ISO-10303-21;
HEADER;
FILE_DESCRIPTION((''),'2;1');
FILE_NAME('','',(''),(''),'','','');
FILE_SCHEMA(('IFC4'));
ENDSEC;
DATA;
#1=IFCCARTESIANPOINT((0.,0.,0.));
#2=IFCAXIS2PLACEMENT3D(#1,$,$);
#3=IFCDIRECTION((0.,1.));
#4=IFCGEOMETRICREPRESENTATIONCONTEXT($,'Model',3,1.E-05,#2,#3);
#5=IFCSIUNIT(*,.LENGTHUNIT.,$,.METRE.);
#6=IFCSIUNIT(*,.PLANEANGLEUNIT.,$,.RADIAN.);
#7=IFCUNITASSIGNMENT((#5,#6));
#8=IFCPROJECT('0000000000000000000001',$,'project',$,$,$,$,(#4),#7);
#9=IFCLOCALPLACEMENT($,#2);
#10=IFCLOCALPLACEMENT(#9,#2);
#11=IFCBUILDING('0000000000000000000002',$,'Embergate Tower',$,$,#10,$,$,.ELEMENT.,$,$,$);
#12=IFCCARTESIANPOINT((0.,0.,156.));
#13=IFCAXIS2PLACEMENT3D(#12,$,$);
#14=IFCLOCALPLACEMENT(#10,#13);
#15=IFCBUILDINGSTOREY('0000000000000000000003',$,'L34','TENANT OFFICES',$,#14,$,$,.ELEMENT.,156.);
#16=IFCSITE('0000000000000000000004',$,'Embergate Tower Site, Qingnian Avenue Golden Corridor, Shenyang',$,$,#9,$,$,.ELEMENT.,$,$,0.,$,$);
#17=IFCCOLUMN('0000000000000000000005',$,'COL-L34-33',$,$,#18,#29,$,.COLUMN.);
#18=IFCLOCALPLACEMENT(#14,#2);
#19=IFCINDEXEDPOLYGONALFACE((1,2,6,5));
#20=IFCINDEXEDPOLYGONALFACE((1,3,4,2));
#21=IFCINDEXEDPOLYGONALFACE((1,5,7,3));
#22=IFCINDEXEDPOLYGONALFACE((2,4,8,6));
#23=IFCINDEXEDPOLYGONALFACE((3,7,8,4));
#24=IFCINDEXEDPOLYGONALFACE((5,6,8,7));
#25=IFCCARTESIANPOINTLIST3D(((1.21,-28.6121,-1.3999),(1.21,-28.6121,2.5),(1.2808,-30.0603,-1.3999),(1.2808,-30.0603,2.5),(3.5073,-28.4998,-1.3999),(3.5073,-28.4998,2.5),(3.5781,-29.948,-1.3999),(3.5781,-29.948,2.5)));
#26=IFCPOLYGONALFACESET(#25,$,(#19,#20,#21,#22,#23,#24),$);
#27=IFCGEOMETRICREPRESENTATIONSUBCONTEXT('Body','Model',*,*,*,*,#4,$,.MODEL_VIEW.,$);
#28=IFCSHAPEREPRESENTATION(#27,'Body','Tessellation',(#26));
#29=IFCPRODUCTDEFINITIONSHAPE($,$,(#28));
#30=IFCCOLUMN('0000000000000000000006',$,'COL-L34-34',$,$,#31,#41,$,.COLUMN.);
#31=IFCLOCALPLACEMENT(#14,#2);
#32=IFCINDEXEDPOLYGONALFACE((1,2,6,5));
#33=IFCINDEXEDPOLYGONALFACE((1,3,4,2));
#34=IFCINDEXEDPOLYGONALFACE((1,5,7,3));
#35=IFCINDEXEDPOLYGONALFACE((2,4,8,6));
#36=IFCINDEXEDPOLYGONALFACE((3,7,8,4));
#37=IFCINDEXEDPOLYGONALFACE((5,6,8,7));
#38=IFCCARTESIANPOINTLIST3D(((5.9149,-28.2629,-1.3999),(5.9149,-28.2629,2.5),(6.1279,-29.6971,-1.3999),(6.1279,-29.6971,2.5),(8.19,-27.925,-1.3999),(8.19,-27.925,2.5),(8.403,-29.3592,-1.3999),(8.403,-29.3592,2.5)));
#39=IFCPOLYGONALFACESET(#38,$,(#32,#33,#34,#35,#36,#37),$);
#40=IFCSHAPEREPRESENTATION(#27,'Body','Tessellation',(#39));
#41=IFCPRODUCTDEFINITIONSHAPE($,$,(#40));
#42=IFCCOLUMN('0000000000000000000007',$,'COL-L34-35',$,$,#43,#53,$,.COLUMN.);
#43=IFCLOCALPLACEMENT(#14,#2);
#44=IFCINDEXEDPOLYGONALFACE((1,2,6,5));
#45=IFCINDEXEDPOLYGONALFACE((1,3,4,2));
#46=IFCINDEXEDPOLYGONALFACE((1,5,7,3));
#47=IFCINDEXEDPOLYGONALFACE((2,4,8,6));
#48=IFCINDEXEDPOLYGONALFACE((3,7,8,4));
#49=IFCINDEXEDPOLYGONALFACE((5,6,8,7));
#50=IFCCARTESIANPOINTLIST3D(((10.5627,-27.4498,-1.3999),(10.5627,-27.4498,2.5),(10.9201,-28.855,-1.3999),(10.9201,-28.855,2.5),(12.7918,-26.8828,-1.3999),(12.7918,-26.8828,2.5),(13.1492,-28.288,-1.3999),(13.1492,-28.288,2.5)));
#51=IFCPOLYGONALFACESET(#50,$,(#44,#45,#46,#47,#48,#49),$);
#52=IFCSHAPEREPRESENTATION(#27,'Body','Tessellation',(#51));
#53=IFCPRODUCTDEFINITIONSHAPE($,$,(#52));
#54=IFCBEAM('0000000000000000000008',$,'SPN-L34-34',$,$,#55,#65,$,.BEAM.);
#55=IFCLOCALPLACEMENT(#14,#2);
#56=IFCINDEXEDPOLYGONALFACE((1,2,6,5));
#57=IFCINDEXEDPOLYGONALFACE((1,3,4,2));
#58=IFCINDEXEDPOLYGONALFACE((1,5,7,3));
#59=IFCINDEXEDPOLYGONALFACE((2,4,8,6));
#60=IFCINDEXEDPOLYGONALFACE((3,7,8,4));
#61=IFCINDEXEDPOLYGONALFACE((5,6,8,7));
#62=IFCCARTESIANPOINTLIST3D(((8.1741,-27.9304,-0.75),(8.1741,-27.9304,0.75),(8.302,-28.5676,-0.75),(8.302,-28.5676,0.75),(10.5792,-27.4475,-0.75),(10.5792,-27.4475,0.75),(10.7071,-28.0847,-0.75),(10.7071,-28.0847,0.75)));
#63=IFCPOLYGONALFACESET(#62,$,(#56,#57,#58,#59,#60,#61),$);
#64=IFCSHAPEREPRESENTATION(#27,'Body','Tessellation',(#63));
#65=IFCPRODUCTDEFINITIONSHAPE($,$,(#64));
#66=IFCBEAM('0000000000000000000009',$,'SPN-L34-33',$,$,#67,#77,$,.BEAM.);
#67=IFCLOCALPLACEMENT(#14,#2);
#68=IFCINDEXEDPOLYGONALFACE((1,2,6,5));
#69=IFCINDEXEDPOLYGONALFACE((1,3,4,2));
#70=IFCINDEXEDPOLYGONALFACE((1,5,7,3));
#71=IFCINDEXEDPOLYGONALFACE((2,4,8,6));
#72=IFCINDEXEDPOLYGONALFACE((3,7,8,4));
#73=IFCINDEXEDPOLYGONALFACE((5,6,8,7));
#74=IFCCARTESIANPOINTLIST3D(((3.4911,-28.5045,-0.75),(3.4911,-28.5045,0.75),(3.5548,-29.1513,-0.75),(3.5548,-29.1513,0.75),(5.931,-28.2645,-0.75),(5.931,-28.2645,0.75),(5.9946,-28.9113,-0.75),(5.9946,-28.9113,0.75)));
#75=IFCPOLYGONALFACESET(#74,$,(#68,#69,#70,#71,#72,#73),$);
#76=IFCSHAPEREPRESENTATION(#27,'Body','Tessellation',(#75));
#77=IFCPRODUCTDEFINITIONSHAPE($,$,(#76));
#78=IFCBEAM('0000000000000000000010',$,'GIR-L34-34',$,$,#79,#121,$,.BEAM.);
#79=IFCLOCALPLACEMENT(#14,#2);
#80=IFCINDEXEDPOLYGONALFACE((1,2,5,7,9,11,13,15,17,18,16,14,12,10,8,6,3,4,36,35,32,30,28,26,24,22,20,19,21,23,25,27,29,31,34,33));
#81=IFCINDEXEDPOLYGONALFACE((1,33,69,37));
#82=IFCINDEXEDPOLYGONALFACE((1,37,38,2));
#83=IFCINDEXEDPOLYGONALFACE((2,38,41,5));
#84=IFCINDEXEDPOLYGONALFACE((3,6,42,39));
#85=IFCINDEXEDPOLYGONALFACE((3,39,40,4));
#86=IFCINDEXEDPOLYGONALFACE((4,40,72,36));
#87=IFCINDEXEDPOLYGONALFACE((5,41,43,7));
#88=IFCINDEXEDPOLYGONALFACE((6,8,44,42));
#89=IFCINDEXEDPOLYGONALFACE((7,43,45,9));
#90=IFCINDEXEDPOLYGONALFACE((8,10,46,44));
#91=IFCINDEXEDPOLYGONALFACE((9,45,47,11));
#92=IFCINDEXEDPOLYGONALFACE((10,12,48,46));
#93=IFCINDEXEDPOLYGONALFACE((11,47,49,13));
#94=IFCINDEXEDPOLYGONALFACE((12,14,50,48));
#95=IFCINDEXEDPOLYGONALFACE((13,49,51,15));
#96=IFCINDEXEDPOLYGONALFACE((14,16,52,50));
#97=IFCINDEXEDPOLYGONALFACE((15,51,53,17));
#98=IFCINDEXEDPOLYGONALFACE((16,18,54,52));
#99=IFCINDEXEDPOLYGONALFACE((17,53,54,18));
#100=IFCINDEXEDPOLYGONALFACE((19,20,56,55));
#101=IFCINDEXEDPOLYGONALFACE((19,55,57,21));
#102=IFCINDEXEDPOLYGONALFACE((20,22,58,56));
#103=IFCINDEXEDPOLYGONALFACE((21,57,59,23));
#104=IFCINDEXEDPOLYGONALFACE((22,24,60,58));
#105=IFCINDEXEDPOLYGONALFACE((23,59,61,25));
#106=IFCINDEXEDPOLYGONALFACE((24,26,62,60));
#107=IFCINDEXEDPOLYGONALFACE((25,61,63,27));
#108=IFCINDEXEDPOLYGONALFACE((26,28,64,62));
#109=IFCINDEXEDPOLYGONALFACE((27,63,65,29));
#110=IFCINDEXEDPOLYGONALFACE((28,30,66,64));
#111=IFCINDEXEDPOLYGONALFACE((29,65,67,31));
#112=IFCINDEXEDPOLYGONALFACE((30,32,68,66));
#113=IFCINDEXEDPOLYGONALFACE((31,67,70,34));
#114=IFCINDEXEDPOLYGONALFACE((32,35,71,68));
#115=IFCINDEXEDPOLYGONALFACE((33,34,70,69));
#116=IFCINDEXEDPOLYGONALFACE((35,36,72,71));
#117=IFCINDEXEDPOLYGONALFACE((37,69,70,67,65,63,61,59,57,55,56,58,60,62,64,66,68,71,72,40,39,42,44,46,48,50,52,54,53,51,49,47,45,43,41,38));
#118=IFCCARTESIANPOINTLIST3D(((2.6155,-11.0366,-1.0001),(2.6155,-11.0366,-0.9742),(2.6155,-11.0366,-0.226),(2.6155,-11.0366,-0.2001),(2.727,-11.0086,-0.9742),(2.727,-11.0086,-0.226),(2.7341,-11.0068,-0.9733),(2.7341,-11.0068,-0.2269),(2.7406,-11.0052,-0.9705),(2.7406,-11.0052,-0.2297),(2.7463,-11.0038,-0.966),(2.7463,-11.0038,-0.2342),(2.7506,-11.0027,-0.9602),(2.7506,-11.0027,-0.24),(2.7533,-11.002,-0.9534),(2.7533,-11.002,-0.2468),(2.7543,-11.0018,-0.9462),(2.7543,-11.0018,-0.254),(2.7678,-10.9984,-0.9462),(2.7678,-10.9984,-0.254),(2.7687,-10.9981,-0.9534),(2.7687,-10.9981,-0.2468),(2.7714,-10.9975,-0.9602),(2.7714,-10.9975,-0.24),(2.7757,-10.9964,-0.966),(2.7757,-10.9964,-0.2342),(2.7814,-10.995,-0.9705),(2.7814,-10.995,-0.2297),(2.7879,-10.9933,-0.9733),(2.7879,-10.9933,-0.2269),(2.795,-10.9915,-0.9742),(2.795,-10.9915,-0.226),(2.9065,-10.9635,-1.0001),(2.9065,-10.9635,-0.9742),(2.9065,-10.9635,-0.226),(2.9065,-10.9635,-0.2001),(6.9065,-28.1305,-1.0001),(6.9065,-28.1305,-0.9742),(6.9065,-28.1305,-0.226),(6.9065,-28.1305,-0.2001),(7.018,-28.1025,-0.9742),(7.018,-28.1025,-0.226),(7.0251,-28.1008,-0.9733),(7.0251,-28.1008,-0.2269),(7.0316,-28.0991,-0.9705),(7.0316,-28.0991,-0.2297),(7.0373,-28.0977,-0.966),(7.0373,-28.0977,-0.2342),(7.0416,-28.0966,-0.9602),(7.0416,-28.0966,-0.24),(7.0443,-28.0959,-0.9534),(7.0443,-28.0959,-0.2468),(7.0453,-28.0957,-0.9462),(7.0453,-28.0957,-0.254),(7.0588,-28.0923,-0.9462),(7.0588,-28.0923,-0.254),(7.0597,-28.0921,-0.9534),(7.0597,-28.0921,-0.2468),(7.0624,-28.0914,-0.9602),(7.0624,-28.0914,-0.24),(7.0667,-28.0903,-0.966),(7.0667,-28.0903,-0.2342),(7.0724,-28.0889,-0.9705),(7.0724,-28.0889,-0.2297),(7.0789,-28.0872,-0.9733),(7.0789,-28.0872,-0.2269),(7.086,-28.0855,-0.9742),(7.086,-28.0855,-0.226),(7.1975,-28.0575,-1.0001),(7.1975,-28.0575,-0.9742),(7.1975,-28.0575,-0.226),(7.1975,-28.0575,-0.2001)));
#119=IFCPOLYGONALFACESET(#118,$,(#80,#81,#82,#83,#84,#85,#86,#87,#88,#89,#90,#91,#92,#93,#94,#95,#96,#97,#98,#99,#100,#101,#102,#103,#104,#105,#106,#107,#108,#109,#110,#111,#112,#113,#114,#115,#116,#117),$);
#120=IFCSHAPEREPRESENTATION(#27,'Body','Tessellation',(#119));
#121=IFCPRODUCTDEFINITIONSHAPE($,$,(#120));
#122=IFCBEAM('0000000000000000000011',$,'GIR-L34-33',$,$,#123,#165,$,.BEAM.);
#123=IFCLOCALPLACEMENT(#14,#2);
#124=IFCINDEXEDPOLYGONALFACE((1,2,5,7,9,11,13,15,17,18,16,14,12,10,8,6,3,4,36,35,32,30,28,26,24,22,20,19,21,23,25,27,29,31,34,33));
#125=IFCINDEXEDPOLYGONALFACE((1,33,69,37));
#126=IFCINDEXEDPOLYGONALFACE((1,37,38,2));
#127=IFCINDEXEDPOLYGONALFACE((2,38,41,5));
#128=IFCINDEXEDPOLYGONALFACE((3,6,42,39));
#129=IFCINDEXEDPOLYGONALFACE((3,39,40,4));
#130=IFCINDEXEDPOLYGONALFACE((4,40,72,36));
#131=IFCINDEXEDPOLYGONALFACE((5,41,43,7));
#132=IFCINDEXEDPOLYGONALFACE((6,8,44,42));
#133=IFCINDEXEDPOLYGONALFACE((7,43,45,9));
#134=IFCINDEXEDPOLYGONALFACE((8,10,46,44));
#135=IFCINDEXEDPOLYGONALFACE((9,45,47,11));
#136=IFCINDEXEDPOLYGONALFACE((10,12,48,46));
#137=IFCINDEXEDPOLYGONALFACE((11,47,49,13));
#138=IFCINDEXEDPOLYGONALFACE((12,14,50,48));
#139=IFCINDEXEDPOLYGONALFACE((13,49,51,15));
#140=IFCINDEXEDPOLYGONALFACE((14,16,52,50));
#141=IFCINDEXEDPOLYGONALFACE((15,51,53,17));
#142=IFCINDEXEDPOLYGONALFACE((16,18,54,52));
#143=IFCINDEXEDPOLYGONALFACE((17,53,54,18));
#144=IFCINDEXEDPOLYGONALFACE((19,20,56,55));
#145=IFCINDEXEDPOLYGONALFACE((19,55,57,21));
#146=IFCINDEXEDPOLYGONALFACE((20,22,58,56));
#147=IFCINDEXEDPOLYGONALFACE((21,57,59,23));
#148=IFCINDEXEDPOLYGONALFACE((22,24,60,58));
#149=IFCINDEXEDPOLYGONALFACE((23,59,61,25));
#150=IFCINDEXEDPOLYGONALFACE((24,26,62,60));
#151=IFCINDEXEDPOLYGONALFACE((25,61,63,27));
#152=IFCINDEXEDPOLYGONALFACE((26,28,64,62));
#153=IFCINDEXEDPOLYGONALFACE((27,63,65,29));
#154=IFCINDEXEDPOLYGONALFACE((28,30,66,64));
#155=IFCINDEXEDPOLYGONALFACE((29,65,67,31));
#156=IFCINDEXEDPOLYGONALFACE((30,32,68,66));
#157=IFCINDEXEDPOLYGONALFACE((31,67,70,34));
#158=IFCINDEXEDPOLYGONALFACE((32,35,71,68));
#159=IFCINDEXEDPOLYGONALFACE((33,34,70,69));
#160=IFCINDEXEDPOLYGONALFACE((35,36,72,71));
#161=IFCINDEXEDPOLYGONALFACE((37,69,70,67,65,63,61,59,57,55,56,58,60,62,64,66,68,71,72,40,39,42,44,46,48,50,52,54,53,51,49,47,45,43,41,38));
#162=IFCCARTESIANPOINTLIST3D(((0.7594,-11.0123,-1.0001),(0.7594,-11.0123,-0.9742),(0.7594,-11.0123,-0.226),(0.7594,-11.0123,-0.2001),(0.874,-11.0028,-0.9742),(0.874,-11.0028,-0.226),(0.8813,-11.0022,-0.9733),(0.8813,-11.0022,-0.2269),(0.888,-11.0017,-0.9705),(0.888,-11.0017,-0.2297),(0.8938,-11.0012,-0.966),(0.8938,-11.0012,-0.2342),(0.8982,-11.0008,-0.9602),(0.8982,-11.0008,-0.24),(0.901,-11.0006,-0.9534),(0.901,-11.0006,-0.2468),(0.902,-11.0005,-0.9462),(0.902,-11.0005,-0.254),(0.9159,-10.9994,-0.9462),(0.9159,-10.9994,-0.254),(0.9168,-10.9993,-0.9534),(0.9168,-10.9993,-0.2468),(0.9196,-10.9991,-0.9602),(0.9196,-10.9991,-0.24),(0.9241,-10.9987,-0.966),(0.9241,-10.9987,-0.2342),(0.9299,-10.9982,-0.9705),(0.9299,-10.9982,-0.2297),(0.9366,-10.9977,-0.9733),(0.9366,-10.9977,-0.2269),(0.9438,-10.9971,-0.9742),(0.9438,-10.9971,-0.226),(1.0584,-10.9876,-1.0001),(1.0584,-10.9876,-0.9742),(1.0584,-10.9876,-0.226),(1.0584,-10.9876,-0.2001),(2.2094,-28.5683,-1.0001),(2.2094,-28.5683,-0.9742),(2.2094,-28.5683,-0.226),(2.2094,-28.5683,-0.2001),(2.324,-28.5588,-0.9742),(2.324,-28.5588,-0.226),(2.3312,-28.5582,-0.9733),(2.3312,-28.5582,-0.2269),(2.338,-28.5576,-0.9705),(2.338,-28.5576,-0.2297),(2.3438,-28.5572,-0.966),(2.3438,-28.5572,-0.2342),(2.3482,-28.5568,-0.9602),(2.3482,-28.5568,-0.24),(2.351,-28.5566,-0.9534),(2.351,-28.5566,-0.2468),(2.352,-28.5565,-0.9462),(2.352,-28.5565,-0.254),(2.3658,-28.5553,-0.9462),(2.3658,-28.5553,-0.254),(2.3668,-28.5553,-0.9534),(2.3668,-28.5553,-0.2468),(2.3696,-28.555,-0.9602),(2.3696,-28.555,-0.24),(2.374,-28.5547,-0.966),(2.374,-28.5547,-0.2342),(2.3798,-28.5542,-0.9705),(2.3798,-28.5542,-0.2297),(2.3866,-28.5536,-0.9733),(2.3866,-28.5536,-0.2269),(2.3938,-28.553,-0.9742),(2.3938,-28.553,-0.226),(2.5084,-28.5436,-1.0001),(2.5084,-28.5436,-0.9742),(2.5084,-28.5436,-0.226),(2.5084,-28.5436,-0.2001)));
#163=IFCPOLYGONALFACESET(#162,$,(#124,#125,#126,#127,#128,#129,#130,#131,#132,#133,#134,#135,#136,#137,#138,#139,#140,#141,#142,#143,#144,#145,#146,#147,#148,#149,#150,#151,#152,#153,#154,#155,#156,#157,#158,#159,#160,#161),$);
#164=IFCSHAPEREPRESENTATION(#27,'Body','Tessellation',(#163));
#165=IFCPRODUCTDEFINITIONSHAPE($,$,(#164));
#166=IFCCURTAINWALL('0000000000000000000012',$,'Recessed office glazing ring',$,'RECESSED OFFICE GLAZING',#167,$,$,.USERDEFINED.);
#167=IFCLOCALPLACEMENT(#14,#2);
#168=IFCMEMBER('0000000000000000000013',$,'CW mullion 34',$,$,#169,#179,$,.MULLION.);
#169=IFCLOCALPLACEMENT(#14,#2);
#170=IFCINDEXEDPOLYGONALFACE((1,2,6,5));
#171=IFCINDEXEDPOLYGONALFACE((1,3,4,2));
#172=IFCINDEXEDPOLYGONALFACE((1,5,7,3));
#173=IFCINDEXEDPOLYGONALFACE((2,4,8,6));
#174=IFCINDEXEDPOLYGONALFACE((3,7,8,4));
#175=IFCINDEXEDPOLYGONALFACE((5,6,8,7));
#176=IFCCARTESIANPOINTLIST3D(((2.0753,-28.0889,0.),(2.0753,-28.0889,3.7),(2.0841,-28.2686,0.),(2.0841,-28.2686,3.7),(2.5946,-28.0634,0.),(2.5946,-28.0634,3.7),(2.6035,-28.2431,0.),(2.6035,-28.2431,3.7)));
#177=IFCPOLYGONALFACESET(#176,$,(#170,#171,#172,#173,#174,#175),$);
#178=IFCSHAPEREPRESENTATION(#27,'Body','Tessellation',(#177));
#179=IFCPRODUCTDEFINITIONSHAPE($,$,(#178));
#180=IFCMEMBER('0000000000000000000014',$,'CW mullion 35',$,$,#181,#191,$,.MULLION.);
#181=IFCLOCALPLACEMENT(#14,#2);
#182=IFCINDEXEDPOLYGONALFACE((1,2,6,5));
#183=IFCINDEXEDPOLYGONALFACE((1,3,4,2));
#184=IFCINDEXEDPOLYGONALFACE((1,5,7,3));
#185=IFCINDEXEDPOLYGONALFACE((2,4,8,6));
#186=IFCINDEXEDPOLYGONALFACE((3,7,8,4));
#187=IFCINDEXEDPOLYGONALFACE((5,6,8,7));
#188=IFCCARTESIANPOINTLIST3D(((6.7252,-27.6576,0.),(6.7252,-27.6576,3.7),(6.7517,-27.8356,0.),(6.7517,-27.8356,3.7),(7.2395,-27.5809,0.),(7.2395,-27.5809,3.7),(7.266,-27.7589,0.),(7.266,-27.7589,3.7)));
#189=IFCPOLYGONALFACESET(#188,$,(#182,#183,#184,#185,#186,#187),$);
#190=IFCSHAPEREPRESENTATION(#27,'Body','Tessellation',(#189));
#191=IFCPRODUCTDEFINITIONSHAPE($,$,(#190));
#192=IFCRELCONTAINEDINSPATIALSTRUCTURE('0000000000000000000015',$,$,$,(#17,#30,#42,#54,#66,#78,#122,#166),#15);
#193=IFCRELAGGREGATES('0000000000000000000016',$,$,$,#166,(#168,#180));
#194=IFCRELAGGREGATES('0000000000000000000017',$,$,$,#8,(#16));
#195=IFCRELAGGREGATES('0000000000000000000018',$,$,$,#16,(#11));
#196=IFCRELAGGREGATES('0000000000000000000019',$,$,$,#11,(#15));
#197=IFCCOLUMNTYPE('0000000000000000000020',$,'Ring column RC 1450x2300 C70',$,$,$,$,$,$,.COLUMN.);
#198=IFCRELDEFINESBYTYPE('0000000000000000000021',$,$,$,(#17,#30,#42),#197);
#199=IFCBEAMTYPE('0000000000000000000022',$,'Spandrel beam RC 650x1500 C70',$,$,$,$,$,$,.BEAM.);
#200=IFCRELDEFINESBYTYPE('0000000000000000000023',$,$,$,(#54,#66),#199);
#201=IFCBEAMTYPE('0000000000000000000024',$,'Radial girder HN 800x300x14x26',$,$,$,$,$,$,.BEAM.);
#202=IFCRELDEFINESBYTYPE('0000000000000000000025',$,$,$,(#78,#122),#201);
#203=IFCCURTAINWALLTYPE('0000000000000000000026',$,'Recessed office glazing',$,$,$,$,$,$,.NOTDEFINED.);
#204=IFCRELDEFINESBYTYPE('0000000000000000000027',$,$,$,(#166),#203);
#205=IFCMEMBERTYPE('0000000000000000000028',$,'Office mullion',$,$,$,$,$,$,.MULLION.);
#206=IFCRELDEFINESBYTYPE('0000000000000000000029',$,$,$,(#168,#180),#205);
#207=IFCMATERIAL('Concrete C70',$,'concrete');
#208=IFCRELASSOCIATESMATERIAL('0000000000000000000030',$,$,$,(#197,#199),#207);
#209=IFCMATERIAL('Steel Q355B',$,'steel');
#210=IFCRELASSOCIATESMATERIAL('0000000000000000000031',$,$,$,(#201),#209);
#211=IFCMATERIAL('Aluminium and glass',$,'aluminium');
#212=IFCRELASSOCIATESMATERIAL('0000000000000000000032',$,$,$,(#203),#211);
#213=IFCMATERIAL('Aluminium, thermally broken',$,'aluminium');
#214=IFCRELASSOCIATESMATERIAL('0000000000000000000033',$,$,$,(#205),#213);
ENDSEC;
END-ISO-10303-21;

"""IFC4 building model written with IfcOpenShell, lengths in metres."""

from ifc_helpers import new_model, si_unit, direction, frame, origin, origin_2d, place, context, subcontext, project, spatial, rectangle, i_section, extrude, source, transform, mapped, material, material_profile, profile_set, type_object, element, aggregate, save


model = new_model("IFC4")

# Units and contexts
model_context = context("Model", 3, precision=1e-05, world=origin(), true_north=direction((0.0, 1.0)))
body_context = subcontext(model_context, "Body", "Model", "MODEL_VIEW")
ifc_project = project(units=[si_unit("LENGTHUNIT", "METRE"), si_unit("PLANEANGLEUNIT", "RADIAN")], contexts=[model_context])

# Site, building, storey
site_placement = place(None, origin())
site = spatial("IfcSite", under=ifc_project, at=site_placement, Name="Embergate Tower Site, Qingnian Avenue Golden Corridor, Shenyang", CompositionType="ELEMENT", RefElevation=0.0)
building_placement = place(site_placement, origin())
building = spatial("IfcBuilding", under=site, at=building_placement, Name="Embergate Tower", CompositionType="ELEMENT")
storey_placement = place(building_placement, frame((0.0, 0.0, 156.0)))
storey = spatial("IfcBuildingStorey", under=building, at=storey_placement, Name="L34", Description="TENANT OFFICES", CompositionType="ELEMENT", Elevation=156.0)

# Columns
ifc_material_1 = material(Name="Concrete C70", Category="concrete")
ifc_material_profile_1 = material_profile(ifc_material_1, rectangle(XDim=1.45, YDim=2.3, at=origin_2d()), Name="RC 1450x2300")
ifc_profile_set_1 = profile_set([ifc_material_profile_1], Name="Concrete C70")
column_type = type_object("IfcColumnType", Name="Ring column RC 1450x2300 C70", PredefinedType="COLUMN", material=ifc_profile_set_1)
shared_shape_1 = source(origin(), body_context, "Body", "SweptSolid", [
    extrude(rectangle(XDim=1.45, YDim=2.3, at=origin_2d()), origin(), (0.0, 0.0, 1.0), 3.8999),
])
for number, where, z_axis, x_axis, name in (
    (1, (2.394, -29.28, -1.3999), (0.0, 0.0, 1.0), (0.048815, -0.998808, 0.0), "COL-L34-33"),
    (2, (7.1589, -28.811, -1.3999), (0.0, 0.0, 1.0), (0.146929, -0.989147, 0.0), "COL-L34-34"),
    (3, (11.856, -27.8689, -1.3999), (0.0, 0.0, 1.0), (0.246492, -0.969145, 0.0), "COL-L34-35"),
):
    element("IfcColumn", number, at=place(storey_placement, frame(where, z_axis=z_axis, x_axis=x_axis)), inside=storey, type_object=column_type, Name=name, PredefinedType="COLUMN", context=body_context, shape_type="MappedRepresentation", body=[
        mapped(shared_shape_1, transform((0.0, 0.0, 0.0))),
    ])

# Beams
ifc_material_profile_2 = material_profile(ifc_material_1, rectangle(XDim=0.6499, YDim=1.5, at=origin_2d()), Name="RC 650x1500")
ifc_profile_set_2 = profile_set([ifc_material_profile_2], Name="Concrete C70")
beam_type_1 = type_object("IfcBeamType", Name="Spandrel beam RC 650x1500 C70", PredefinedType="BEAM", material=ifc_profile_set_2)
shared_shape_2 = source(origin(), body_context, "Body", "SweptSolid", [
    extrude(rectangle(XDim=0.6499, YDim=1.5, at=origin_2d()), origin(), (0.0, 0.0, 1.0), 2.4531),
])
beam_1_placement = place(storey_placement, frame((8.238, -28.249, 0.0), z_axis=(0.980431, 0.196863, 0.0), x_axis=(-0.196863, 0.980431, 0.0)))
element("IfcBeam", 4, at=beam_1_placement, inside=storey, type_object=beam_type_1, Name="SPN-L34-34", PredefinedType="BEAM", context=body_context, shape_type="MappedRepresentation", body=[
    mapped(shared_shape_2, transform((0.0, 0.0, 0.0))),
])
shared_shape_3 = source(origin(), body_context, "Body", "SweptSolid", [
    extrude(rectangle(XDim=0.6499, YDim=1.5, at=origin_2d()), origin(), (0.0, 0.0, 1.0), 2.4517),
])
beam_2_placement = place(storey_placement, frame((3.5229, -28.8279, 0.0), z_axis=(0.995198, 0.097887, 0.0), x_axis=(-0.097887, 0.995198, 0.0)))
element("IfcBeam", 5, at=beam_2_placement, inside=storey, type_object=beam_type_1, Name="SPN-L34-33", PredefinedType="BEAM", context=body_context, shape_type="MappedRepresentation", body=[
    mapped(shared_shape_3, transform((0.0, 0.0, 0.0))),
])
ifc_material_2 = material(Name="Steel Q355B", Category="steel")
ifc_material_profile_3 = material_profile(ifc_material_2, i_section(OverallWidth=0.3, OverallDepth=0.8, WebThickness=0.0139, FlangeThickness=0.0259, FilletRadius=0.0281, at=origin_2d()), Name="HN 800x300x14x26")
ifc_profile_set_3 = profile_set([ifc_material_profile_3], Name="Steel Q355 grade B")
beam_type_2 = type_object("IfcBeamType", Name="Radial girder HN 800x300x14x26", PredefinedType="BEAM", material=ifc_profile_set_3)
shared_shape_4 = source(origin(), body_context, "Body", "SweptSolid", [
    extrude(i_section(OverallWidth=0.3, OverallDepth=0.8, WebThickness=0.0139, FlangeThickness=0.0259, FilletRadius=0.0281, at=origin_2d()), origin(), (0.0, 0.0, 1.0), 17.6243),
])
beam_3_placement = place(storey_placement, frame((7.052, -28.094, -0.6001), z_axis=(-0.243471, 0.969908, 0.0), x_axis=(-0.969908, -0.243471, 0.0)))
element("IfcBeam", 6, at=beam_3_placement, inside=storey, type_object=beam_type_2, Name="GIR-L34-34", PredefinedType="BEAM", context=body_context, shape_type="MappedRepresentation", body=[
    mapped(shared_shape_4, transform((0.0, 0.0, 0.0))),
])
shared_shape_5 = source(origin(), body_context, "Body", "SweptSolid", [
    extrude(i_section(OverallWidth=0.3, OverallDepth=0.8, WebThickness=0.0139, FlangeThickness=0.0259, FilletRadius=0.0281, at=origin_2d()), origin(), (0.0, 0.0, 1.0), 17.6157),
])
beam_4_placement = place(storey_placement, frame((2.3589, -28.5559, -0.6001), z_axis=(-0.08231, 0.996607, 0.0), x_axis=(-0.996607, -0.08231, 0.0)))
element("IfcBeam", 7, at=beam_4_placement, inside=storey, type_object=beam_type_2, Name="GIR-L34-33", PredefinedType="BEAM", context=body_context, shape_type="MappedRepresentation", body=[
    mapped(shared_shape_5, transform((0.0, 0.0, 0.0))),
])

# Curtain wall, members
ifc_material_3 = material(Name="Aluminium and glass", Category="aluminium")
curtain_wall_type = type_object("IfcCurtainWallType", Name="Recessed office glazing", PredefinedType="NOTDEFINED", material=ifc_material_3)
curtain_wall_placement = place(storey_placement, origin())
curtain_wall = element("IfcCurtainWall", 8, at=curtain_wall_placement, inside=storey, type_object=curtain_wall_type, Name="Recessed office glazing ring", ObjectType="RECESSED OFFICE GLAZING", PredefinedType="USERDEFINED")
ifc_material_4 = material(Name="Aluminium, thermally broken", Category="aluminium")
ifc_material_profile_4 = material_profile(ifc_material_4, rectangle(XDim=0.1799, YDim=0.52, at=origin_2d()), Name="AL 520x180")
ifc_profile_set_4 = profile_set([ifc_material_profile_4], Name="Aluminium, thermally broken")
member_type_1 = type_object("IfcMemberType", Name="Office mullion", PredefinedType="MULLION", material=ifc_profile_set_4)
shared_shape_6 = source(origin(), body_context, "Body", "SweptSolid", [
    extrude(rectangle(XDim=0.1799, YDim=0.52, at=origin_2d()), origin(), (0.0, 0.0, 1.0), 3.7),
])
member_1_placement = place(storey_placement, frame((2.3394, -28.166, 0.0), z_axis=(0.0, 0.0, 1.0), x_axis=(-0.048972, 0.9988, 0.0)))
member_1 = element("IfcMember", 9, at=member_1_placement, type_object=member_type_1, Name="CW mullion 34", PredefinedType="MULLION", context=body_context, shape_type="MappedRepresentation", body=[
    mapped(shared_shape_6, transform((0.0, 0.0, 0.0))),
])
member_2_placement = place(storey_placement, frame((6.9956, -27.7083, 0.0), z_axis=(0.0, 0.0, 1.0), x_axis=(-0.147412, 0.989075, 0.0)))
member_2 = element("IfcMember", 10, at=member_2_placement, type_object=member_type_1, Name="CW mullion 35", PredefinedType="MULLION", context=body_context, shape_type="MappedRepresentation", body=[
    mapped(shared_shape_6, transform((0.0, 0.0, 0.0))),
])
aggregate(curtain_wall, [member_1, member_2])

save(model, "model.ifc")
